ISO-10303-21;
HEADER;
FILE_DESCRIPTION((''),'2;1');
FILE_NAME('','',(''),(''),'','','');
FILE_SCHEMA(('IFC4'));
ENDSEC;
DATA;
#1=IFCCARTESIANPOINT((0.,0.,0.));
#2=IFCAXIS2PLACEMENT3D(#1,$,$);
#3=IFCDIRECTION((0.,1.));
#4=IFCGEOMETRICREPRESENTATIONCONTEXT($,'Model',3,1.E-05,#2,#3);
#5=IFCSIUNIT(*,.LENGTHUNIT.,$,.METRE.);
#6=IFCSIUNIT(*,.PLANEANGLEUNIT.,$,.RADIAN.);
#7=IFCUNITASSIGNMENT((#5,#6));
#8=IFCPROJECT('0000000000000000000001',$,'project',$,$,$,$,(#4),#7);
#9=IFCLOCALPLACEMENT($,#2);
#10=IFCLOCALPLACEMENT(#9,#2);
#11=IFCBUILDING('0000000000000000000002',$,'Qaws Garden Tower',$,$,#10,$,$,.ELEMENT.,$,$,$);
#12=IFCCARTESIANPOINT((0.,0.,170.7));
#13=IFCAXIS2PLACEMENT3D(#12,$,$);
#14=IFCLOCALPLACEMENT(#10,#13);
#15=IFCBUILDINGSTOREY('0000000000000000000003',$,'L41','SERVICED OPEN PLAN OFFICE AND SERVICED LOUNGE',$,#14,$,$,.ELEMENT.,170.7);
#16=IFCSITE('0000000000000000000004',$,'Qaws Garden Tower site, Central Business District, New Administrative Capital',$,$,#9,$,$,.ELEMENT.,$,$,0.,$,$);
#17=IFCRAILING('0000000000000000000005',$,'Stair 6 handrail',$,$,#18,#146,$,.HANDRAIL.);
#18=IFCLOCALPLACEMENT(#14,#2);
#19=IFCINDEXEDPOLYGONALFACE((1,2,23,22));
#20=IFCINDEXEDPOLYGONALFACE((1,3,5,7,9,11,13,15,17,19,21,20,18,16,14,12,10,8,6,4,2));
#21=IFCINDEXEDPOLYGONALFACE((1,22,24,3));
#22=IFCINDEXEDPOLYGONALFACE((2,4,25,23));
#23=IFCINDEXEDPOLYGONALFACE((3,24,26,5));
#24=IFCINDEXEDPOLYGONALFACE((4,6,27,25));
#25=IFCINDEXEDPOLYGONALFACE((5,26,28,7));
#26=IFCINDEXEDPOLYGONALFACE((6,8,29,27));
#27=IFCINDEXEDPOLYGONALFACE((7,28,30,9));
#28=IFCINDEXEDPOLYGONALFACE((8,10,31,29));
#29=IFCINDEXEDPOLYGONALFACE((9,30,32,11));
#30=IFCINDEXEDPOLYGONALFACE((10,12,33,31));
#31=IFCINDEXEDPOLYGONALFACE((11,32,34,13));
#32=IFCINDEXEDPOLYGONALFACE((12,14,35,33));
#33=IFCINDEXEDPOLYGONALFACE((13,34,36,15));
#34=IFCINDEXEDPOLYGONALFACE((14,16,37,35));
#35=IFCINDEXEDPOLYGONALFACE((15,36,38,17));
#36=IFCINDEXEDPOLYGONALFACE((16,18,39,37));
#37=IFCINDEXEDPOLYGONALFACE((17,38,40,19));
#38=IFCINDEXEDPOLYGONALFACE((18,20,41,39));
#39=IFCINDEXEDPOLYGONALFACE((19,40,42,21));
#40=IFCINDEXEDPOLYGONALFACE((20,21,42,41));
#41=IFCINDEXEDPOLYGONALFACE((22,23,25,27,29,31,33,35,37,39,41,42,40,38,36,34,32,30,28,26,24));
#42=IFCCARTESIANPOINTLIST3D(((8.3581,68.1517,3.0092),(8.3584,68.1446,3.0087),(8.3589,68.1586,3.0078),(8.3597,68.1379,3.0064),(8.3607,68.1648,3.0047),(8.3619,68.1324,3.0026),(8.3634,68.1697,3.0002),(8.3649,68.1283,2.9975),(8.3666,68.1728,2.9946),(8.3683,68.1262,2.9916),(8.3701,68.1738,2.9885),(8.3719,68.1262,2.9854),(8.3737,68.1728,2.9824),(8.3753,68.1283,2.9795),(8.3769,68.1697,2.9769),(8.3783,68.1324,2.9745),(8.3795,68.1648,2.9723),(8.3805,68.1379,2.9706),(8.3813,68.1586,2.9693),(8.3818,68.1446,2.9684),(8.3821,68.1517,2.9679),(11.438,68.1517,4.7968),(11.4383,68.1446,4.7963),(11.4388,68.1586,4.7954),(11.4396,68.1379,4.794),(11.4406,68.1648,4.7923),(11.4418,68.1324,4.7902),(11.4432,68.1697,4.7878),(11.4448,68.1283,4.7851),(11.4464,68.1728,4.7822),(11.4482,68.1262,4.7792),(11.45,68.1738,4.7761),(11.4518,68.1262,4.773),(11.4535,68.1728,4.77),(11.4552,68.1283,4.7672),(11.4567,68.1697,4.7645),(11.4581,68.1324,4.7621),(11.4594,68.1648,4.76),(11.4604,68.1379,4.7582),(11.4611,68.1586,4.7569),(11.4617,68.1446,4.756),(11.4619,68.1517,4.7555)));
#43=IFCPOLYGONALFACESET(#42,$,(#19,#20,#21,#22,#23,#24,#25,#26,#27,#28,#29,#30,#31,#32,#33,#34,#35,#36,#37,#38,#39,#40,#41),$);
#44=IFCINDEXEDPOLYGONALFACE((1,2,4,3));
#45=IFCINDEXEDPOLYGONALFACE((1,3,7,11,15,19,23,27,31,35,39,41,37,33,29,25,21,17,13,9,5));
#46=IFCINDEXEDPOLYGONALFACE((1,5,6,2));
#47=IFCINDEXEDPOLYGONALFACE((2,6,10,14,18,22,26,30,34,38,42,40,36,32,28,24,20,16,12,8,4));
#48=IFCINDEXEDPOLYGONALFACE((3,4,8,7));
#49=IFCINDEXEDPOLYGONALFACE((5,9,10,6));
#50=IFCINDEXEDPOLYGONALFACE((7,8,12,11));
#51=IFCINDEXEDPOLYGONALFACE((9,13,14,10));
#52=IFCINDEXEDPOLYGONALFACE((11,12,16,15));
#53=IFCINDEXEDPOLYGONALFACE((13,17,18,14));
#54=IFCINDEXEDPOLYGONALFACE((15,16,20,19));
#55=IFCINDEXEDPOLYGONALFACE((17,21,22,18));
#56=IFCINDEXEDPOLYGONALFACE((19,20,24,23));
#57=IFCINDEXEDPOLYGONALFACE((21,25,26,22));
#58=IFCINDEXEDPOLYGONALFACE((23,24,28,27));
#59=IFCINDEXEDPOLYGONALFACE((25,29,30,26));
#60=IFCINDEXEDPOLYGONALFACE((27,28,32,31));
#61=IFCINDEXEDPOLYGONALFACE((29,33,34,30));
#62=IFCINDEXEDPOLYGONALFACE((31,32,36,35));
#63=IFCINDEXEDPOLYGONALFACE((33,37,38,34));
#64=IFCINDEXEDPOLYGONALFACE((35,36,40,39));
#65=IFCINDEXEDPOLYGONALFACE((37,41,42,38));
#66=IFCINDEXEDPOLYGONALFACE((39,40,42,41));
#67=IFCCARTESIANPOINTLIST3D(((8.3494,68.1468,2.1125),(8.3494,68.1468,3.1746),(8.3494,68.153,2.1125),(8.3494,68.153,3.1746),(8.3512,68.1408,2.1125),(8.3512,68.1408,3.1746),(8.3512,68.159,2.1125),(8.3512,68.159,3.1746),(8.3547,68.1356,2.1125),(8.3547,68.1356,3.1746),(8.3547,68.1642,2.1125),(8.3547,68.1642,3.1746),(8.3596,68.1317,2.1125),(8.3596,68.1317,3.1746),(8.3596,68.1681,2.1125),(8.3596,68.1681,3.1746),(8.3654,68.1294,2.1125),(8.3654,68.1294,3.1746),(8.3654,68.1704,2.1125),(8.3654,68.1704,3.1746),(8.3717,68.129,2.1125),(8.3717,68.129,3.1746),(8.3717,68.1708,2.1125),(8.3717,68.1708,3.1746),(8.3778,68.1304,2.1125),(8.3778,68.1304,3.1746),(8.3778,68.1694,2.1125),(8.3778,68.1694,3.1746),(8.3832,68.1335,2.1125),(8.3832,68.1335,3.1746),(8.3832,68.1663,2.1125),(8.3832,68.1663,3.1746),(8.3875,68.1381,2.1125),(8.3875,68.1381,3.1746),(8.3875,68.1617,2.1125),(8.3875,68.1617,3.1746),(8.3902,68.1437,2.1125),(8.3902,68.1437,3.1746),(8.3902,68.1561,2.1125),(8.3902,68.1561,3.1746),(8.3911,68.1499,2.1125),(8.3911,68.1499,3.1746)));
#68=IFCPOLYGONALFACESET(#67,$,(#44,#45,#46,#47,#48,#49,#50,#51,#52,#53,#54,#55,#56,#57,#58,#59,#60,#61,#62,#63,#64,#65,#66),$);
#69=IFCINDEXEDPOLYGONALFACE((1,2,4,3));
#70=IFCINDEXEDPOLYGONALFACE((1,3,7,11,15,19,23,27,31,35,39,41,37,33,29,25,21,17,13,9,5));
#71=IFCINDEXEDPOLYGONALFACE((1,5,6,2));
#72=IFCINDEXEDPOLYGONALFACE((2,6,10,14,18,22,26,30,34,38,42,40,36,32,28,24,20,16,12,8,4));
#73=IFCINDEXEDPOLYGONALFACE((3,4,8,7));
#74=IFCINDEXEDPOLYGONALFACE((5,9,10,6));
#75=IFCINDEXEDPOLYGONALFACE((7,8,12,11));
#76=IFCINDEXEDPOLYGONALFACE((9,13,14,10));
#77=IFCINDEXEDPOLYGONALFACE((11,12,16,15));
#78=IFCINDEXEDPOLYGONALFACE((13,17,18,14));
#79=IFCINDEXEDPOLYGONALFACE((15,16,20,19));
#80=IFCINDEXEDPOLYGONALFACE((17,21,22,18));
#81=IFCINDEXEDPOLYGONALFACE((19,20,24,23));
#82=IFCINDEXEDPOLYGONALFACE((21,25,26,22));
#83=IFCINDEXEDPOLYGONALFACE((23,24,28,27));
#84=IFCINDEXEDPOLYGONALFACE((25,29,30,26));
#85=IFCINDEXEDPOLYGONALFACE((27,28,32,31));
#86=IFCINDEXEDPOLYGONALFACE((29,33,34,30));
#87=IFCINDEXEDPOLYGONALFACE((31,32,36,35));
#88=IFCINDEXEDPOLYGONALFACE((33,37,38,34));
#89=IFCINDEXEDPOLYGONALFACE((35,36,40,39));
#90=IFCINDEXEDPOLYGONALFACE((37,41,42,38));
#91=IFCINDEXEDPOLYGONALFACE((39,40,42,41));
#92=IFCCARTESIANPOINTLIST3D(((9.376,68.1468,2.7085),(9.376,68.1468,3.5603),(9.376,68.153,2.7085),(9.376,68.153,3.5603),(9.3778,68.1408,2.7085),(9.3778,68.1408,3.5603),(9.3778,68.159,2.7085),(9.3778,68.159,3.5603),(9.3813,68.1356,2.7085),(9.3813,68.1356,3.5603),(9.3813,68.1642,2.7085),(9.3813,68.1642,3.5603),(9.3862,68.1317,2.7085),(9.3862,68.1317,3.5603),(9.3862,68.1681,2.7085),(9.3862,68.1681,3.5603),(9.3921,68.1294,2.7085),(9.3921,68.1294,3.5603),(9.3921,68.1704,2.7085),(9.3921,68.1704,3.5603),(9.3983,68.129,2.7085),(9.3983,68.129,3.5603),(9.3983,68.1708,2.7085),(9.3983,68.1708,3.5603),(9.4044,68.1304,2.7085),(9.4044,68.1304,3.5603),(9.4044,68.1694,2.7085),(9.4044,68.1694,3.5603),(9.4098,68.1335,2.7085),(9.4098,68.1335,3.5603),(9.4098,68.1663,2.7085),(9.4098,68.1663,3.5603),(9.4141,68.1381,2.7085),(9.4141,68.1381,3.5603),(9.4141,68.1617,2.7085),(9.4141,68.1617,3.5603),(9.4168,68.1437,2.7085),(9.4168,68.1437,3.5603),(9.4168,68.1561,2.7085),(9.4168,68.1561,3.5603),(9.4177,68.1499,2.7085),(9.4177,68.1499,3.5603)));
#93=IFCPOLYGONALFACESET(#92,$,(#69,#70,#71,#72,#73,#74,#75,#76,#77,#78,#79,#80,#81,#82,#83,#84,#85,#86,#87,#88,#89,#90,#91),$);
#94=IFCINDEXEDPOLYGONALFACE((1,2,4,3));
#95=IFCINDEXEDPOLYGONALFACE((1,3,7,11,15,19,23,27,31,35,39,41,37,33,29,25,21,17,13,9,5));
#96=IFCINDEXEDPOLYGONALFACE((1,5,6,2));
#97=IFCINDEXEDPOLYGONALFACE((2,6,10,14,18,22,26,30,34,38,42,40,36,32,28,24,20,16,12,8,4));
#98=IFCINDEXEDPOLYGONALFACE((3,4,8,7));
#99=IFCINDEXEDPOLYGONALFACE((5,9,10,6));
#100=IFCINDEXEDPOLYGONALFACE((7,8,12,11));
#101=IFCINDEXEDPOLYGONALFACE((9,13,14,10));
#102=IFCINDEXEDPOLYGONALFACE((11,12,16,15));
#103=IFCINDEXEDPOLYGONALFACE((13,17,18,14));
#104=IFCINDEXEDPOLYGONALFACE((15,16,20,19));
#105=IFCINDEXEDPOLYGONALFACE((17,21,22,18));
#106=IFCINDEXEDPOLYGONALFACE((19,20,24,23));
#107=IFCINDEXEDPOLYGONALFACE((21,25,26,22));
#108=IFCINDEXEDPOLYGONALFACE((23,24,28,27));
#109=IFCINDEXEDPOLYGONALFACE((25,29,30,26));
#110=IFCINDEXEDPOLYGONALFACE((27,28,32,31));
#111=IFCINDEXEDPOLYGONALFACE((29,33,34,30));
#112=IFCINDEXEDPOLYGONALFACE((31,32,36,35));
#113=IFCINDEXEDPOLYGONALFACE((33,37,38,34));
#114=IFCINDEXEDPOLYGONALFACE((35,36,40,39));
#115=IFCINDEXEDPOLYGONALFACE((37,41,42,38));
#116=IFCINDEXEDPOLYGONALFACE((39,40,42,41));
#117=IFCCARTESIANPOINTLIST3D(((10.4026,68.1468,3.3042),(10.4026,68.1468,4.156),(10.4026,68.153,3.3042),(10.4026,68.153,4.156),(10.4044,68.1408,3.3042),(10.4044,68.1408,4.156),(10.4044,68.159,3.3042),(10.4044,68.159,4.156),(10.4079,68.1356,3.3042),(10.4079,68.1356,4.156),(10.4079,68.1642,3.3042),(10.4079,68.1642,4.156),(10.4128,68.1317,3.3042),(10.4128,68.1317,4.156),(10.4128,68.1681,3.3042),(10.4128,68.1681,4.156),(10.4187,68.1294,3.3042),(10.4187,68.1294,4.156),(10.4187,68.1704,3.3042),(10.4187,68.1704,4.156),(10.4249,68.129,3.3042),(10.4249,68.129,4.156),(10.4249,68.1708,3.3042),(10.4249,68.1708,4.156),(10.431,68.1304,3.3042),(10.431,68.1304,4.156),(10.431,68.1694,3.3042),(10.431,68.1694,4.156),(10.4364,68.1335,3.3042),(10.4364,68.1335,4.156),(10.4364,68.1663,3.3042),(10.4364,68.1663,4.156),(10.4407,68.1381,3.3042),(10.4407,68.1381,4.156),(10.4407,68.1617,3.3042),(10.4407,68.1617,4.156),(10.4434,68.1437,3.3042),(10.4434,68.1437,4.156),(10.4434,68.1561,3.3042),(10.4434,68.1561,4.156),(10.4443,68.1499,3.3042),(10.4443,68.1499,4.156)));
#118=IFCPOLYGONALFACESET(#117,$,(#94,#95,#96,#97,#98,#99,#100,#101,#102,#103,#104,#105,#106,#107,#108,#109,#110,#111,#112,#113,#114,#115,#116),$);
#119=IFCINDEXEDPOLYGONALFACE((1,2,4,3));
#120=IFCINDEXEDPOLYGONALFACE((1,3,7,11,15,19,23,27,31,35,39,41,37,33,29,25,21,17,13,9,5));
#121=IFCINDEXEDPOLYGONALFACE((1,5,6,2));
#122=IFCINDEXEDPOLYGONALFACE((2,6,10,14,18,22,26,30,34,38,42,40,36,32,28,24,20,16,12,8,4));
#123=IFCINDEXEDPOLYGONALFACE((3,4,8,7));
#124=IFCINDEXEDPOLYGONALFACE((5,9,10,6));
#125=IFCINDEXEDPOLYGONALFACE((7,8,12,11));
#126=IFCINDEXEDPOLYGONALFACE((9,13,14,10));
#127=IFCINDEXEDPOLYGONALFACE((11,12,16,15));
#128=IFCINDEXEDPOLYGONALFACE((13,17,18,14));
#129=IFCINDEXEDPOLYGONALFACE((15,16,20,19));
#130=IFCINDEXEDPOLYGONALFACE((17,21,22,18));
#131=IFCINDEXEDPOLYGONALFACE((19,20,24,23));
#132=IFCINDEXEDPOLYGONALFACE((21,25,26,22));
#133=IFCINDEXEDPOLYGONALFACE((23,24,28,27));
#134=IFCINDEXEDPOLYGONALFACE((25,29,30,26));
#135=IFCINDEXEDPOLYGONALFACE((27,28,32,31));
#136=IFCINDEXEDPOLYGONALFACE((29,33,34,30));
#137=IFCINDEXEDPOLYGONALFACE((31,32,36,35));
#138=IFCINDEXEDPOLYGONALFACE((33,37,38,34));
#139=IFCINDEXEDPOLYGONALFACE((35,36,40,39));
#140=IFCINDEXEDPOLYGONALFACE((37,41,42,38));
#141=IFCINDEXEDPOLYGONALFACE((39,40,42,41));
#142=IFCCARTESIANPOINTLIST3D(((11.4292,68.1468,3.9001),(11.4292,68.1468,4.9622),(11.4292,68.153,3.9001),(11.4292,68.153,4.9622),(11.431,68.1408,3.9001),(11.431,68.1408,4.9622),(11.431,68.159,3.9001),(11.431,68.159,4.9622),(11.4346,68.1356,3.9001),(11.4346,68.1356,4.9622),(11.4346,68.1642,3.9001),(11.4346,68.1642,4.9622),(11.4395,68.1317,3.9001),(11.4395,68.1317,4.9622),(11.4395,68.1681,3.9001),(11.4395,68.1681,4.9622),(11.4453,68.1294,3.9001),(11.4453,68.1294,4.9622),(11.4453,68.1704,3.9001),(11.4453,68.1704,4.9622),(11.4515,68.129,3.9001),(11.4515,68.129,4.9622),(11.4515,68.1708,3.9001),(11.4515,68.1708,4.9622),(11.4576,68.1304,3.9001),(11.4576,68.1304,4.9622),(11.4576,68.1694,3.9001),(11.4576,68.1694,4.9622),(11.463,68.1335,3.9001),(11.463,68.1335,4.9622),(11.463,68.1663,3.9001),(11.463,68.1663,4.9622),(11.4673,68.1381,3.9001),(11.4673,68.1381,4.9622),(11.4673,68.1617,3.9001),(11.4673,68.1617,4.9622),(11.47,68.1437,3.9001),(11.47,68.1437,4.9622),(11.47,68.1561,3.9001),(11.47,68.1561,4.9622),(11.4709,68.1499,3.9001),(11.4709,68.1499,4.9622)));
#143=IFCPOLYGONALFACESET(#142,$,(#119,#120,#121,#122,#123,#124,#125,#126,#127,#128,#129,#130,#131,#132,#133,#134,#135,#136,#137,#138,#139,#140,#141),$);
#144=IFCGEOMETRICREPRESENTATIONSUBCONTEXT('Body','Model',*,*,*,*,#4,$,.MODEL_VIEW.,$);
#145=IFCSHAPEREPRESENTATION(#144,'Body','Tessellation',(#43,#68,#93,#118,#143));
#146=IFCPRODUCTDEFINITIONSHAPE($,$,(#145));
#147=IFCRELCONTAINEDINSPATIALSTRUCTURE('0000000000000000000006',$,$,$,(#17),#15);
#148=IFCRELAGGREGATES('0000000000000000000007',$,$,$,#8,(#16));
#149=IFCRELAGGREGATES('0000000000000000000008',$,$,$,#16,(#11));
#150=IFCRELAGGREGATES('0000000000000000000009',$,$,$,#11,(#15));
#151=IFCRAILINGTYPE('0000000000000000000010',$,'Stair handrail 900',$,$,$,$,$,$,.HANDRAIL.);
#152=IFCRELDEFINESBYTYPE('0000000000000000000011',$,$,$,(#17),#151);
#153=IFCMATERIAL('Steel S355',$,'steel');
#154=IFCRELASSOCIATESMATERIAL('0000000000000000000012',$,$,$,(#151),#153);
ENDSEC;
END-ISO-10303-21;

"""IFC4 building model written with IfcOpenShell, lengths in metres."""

from ifc_helpers import new_model, si_unit, direction, frame, origin, origin_2d, place, context, subcontext, project, spatial, circle, extrude, material, type_object, element, save


model = new_model("IFC4")

# Units and contexts
model_context = context("Model", 3, precision=1e-05, world=origin(), true_north=direction((0.0, 1.0)))
body_context = subcontext(model_context, "Body", "Model", "MODEL_VIEW")
ifc_project = project(units=[si_unit("LENGTHUNIT", "METRE"), si_unit("PLANEANGLEUNIT", "RADIAN")], contexts=[model_context])

# Site, building, storey
site_placement = place(None, origin())
site = spatial("IfcSite", under=ifc_project, at=site_placement, Name="Qaws Garden Tower site, Central Business District, New Administrative Capital", CompositionType="ELEMENT", RefElevation=0.0)
building_placement = place(site_placement, origin())
building = spatial("IfcBuilding", under=site, at=building_placement, Name="Qaws Garden Tower", CompositionType="ELEMENT")
storey_placement = place(building_placement, frame((0.0, 0.0, 170.7)))
storey = spatial("IfcBuildingStorey", under=building, at=storey_placement, Name="L41", Description="SERVICED OPEN PLAN OFFICE AND SERVICED LOUNGE", CompositionType="ELEMENT", Elevation=170.7)

# Railing
ifc_material_1 = material(Name="Steel S355", Category="steel")
railing_type = type_object("IfcRailingType", Name="Stair handrail 900", PredefinedType="HANDRAIL", material=ifc_material_1)
railing_1_placement = place(storey_placement, frame((8.3701, 68.1499, 2.1125)))
element("IfcRailing", 1, at=railing_1_placement, inside=storey, type_object=railing_type, Name="Stair 6 handrail", PredefinedType="HANDRAIL", context=body_context, shape_type="SweptSolid", body=[
    extrude(circle(Radius=0.0239, at=origin_2d()), frame((0.0, 0.0, 0.876), z_axis=(0.864873, 0.0, 0.50199), x_axis=(0.0, 1.0, 0.0)), (0.0, 0.0, 1.0), 3.561),
    extrude(circle(Radius=0.021, at=origin_2d()), origin(), (0.0, 0.0, 1.0), 1.062),
    extrude(circle(Radius=0.021, at=origin_2d()), frame((1.0266, 0.0, 0.5959)), (0.0, 0.0, 1.0), 0.8518),
    extrude(circle(Radius=0.021, at=origin_2d()), frame((2.0532, 0.0, 1.1917)), (0.0, 0.0, 1.0), 0.8518),
    extrude(circle(Radius=0.021, at=origin_2d()), frame((3.0798, 0.0, 1.7876)), (0.0, 0.0, 1.0), 1.062),
])

save(model, "model.ifc")
